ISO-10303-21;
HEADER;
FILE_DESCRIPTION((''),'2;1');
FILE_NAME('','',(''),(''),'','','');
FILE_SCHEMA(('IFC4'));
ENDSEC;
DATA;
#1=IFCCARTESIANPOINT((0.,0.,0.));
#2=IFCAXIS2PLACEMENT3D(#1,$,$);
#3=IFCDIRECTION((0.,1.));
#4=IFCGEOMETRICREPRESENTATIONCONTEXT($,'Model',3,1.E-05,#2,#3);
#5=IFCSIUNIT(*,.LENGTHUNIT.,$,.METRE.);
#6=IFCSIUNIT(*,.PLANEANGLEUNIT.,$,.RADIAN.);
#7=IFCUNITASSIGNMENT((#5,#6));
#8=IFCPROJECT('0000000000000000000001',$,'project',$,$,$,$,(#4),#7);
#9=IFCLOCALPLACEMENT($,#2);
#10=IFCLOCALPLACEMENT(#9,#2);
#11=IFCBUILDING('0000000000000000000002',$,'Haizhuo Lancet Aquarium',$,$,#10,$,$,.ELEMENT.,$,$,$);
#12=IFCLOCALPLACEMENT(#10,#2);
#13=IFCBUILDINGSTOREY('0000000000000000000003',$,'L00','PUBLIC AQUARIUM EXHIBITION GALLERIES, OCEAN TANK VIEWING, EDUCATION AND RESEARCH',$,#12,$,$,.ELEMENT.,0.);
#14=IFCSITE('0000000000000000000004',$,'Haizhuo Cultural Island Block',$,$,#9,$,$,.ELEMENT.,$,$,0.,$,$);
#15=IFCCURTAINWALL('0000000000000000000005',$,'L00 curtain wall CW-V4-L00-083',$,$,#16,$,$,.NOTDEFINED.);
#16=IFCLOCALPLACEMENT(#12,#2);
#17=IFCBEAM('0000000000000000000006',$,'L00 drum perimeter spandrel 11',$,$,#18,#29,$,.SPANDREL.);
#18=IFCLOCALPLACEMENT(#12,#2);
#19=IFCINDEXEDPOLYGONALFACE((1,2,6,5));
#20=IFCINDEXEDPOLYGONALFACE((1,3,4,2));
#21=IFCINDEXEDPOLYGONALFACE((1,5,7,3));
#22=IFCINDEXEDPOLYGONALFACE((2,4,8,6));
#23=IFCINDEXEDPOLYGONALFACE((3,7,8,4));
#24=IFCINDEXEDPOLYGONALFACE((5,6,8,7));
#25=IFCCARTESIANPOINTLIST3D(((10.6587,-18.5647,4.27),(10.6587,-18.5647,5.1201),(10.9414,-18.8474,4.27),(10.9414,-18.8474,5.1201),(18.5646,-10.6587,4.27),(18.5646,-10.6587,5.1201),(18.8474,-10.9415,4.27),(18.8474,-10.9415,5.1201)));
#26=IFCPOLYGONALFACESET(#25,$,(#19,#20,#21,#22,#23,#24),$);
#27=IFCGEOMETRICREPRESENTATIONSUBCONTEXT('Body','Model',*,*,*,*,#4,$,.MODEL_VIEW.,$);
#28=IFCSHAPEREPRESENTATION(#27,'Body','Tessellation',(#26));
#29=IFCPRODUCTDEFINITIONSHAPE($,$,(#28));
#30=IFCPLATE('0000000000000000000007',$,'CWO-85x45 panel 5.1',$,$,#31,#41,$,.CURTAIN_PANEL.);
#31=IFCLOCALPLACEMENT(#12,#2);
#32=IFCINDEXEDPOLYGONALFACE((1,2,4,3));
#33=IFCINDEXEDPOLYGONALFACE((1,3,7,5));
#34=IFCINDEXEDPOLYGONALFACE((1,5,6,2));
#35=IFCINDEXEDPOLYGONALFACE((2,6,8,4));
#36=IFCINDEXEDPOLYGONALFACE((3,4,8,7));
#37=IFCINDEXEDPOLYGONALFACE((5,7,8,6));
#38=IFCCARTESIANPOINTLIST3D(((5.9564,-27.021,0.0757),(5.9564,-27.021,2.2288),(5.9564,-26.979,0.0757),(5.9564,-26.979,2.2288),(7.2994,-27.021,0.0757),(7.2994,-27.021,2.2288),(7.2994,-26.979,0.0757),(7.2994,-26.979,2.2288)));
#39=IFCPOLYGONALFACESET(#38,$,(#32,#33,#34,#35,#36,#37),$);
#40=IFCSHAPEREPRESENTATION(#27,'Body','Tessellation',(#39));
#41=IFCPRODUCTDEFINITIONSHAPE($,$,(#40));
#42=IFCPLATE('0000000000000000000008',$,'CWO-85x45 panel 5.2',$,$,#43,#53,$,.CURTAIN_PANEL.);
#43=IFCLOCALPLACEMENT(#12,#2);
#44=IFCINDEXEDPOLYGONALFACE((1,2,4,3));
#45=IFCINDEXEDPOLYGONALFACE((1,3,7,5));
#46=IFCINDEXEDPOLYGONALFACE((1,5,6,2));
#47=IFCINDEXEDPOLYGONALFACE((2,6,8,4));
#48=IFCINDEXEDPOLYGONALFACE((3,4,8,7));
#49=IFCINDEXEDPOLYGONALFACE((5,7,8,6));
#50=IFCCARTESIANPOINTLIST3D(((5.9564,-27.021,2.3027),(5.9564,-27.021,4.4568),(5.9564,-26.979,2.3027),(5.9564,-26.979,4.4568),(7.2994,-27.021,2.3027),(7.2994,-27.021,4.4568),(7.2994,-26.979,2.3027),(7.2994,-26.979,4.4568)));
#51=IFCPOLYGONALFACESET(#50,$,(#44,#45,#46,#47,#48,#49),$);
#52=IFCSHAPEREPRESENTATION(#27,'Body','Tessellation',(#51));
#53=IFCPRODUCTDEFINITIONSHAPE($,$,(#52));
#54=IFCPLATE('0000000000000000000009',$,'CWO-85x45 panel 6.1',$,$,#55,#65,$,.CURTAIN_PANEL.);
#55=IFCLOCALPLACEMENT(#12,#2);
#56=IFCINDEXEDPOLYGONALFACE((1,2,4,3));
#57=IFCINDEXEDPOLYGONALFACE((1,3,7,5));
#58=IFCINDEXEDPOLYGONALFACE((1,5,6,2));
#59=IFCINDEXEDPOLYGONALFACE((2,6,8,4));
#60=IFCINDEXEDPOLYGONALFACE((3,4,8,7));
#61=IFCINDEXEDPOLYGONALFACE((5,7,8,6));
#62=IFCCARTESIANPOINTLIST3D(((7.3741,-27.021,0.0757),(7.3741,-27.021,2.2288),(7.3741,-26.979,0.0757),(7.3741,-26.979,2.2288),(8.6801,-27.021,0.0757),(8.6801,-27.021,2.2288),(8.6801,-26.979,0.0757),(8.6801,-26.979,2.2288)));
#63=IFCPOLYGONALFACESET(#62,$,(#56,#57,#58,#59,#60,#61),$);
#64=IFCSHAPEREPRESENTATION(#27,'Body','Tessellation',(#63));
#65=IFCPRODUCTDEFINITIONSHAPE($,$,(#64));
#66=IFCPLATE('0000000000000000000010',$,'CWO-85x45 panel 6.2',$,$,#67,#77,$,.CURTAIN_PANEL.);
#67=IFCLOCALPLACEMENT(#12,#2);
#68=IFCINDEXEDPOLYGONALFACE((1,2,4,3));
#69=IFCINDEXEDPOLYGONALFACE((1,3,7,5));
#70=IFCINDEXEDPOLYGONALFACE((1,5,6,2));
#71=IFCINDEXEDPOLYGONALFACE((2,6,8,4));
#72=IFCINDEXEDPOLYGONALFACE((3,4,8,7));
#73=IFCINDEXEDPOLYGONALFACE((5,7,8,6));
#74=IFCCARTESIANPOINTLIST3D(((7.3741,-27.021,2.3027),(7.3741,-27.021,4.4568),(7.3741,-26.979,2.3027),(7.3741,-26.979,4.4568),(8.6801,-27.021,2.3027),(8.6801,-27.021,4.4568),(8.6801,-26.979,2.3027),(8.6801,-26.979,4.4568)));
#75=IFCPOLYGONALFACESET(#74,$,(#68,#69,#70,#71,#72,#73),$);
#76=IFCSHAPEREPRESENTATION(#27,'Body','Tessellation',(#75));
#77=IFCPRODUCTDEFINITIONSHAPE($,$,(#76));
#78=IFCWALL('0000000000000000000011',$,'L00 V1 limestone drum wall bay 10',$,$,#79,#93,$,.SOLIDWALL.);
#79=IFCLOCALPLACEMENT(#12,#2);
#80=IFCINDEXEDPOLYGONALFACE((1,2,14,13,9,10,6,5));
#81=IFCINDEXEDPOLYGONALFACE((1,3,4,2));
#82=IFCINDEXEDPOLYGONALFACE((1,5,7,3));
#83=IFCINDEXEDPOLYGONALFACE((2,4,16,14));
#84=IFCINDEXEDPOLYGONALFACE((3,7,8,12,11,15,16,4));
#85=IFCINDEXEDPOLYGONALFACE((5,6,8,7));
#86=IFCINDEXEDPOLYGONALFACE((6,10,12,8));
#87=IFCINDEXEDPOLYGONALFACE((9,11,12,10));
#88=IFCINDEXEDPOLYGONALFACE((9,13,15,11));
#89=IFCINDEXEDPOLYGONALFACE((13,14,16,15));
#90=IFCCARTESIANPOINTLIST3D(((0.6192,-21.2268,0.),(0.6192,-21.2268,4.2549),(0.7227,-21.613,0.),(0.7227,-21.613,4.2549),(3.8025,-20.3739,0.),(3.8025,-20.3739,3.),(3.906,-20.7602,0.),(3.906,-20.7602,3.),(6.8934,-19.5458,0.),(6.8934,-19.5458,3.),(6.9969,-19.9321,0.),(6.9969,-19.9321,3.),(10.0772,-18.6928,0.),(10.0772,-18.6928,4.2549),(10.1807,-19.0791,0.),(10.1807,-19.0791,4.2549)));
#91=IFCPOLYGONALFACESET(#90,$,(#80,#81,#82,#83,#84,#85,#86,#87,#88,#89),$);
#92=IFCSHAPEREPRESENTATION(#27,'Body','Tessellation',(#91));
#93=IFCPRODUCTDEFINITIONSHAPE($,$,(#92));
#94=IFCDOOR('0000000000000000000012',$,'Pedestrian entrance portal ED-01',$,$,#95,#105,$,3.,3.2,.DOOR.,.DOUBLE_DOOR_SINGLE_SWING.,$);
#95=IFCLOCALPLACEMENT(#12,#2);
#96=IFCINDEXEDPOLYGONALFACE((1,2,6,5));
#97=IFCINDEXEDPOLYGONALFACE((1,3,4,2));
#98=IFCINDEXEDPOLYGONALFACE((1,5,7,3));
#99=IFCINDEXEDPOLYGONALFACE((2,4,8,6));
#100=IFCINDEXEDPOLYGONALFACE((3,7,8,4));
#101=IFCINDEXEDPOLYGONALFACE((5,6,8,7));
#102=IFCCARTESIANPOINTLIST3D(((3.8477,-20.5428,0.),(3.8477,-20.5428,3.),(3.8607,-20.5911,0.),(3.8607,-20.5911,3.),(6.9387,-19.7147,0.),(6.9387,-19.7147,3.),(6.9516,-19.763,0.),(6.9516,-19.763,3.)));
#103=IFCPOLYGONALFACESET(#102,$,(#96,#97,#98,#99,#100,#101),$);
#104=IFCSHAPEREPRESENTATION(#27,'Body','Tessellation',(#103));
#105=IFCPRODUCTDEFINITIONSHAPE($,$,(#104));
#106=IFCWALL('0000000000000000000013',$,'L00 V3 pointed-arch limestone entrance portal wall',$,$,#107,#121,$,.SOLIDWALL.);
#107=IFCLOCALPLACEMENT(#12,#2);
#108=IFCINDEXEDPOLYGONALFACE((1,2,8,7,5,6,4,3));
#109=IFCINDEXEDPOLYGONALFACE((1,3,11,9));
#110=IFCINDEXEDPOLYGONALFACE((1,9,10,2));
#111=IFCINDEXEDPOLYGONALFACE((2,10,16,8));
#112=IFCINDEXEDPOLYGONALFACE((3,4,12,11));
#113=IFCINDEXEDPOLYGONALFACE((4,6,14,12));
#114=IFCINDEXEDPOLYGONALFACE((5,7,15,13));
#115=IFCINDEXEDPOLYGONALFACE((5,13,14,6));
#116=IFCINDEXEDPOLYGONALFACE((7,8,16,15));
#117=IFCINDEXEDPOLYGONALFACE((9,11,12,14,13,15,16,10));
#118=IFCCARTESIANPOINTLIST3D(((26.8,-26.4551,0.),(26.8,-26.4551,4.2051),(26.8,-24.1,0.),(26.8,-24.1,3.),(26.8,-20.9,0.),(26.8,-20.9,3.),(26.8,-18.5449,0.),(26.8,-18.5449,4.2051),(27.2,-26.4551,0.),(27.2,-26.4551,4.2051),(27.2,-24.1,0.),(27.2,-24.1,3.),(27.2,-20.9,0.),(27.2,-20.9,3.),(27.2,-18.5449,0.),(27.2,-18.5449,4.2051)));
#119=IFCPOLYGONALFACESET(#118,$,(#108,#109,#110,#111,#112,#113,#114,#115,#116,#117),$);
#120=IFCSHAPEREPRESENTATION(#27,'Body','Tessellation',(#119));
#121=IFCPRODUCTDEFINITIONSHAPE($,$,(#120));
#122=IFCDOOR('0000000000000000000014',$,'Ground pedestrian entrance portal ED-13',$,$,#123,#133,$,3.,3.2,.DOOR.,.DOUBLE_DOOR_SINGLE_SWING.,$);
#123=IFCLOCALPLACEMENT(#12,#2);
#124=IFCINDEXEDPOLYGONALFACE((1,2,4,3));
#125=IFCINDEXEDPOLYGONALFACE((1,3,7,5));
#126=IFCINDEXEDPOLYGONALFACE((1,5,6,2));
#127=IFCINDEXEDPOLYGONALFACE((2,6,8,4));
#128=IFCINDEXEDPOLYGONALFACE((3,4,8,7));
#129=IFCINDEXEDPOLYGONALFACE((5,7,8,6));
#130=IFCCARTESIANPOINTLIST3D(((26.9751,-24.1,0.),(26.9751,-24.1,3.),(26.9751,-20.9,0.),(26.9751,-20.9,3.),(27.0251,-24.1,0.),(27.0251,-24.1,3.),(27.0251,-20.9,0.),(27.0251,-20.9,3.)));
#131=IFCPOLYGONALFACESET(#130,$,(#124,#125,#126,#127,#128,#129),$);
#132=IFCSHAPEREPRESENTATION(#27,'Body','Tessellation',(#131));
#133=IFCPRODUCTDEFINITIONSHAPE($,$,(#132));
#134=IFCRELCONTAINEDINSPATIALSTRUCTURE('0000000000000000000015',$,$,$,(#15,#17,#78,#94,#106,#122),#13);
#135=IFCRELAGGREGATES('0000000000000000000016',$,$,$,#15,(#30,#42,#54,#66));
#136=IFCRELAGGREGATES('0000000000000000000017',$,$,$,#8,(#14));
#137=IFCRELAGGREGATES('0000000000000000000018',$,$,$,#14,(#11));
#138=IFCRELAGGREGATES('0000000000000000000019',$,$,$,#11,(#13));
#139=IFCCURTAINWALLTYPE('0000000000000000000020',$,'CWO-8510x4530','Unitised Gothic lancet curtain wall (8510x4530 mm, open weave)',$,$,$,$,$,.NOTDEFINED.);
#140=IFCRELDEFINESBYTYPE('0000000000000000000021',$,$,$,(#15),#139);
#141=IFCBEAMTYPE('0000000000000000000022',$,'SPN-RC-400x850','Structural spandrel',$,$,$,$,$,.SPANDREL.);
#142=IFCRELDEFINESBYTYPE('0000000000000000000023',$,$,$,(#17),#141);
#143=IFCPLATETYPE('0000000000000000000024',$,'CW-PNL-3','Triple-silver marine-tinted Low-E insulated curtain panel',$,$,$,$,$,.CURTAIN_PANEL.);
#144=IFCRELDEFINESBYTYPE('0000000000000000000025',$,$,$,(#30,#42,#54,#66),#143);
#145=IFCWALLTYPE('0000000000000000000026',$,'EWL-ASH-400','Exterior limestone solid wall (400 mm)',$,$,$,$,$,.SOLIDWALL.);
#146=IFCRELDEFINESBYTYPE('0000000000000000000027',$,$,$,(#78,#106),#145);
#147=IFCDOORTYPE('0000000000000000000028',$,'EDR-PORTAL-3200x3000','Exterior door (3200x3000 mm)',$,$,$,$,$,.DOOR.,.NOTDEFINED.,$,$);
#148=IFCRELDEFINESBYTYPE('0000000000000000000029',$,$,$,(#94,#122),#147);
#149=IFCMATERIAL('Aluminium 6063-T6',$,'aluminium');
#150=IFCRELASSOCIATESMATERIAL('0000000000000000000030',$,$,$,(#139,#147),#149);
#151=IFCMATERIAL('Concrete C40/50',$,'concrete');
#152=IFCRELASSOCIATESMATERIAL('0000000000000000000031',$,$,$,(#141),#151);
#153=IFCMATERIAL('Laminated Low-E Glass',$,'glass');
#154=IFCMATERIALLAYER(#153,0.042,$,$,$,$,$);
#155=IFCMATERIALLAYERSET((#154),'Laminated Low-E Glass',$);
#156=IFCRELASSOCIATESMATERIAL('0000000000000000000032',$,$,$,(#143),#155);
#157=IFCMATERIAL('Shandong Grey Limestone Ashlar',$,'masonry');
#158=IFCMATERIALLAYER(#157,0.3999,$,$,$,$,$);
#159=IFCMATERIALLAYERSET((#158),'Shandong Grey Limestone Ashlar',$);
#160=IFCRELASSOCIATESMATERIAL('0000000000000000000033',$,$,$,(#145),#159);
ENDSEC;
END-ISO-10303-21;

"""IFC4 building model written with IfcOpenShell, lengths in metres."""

from ifc_helpers import new_model, si_unit, direction, frame, frame_2d, origin, origin_2d, place, context, subcontext, project, spatial, rectangle, extrude, material, layer, layer_set, material_profile, profile_set, type_object, element, fill, aggregate, save


model = new_model("IFC4")

# Units and contexts
model_context = context("Model", 3, precision=1e-05, world=origin(), true_north=direction((0.0, 1.0)))
body_context = subcontext(model_context, "Body", "Model", "MODEL_VIEW")
ifc_project = project(units=[si_unit("LENGTHUNIT", "METRE"), si_unit("PLANEANGLEUNIT", "RADIAN")], contexts=[model_context])

# Site, building, storey
site_placement = place(None, origin())
site = spatial("IfcSite", under=ifc_project, at=site_placement, Name="Haizhuo Cultural Island Block", CompositionType="ELEMENT", RefElevation=0.0)
building_placement = place(site_placement, origin())
building = spatial("IfcBuilding", under=site, at=building_placement, Name="Haizhuo Lancet Aquarium", CompositionType="ELEMENT")
storey_placement = place(building_placement, origin())
storey = spatial("IfcBuildingStorey", under=building, at=storey_placement, Name="L00", Description="PUBLIC AQUARIUM EXHIBITION GALLERIES, OCEAN TANK VIEWING, EDUCATION AND RESEARCH", CompositionType="ELEMENT", Elevation=0.0)

# Shared definitions
ifc_material_1 = material(Name="Concrete C40/50", Category="concrete")

# Curtain wall
ifc_material_2 = material(Name="Aluminium 6063-T6", Category="aluminium")
curtain_wall_type = type_object("IfcCurtainWallType", Name="CWO-8510x4530", Description="Unitised Gothic lancet curtain wall (8510x4530 mm, open weave)", PredefinedType="NOTDEFINED", material=ifc_material_2)
curtain_wall_placement = place(storey_placement, origin())
curtain_wall = element("IfcCurtainWall", 1, at=curtain_wall_placement, inside=storey, type_object=curtain_wall_type, Name="L00 curtain wall CW-V4-L00-083", PredefinedType="NOTDEFINED")

# Beam
ifc_material_profile_1 = material_profile(ifc_material_1, rectangle(XDim=0.3999, YDim=0.8501, at=origin_2d()), Name="RC-SP 400x850")
ifc_profile_set_1 = profile_set([ifc_material_profile_1], Name="Concrete C40/50")
beam_type_1 = type_object("IfcBeamType", Name="SPN-RC-400x850", Description="Structural spandrel", PredefinedType="SPANDREL", material=ifc_profile_set_1)
beam_1_placement = place(storey_placement, frame((10.8, -18.7061, 4.6951), z_axis=(0.707107, 0.707107, 0.0), x_axis=(-0.707107, 0.707107, 0.0)))
element("IfcBeam", 2, at=beam_1_placement, inside=storey, type_object=beam_type_1, Name="L00 drum perimeter spandrel 11", PredefinedType="SPANDREL", context=body_context, shape_type="SweptSolid", body=[
    extrude(rectangle(XDim=0.3999, YDim=0.8501, at=origin_2d()), origin(), (0.0, 0.0, 1.0), 11.1807),
])

# Plates
ifc_material_3 = material(Name="Laminated Low-E Glass", Category="glass")
ifc_layer_1 = layer(ifc_material_3, 0.042)
ifc_layer_set_1 = layer_set([ifc_layer_1], Name="Laminated Low-E Glass")
plate_type = type_object("IfcPlateType", Name="CW-PNL-3", Description="Triple-silver marine-tinted Low-E insulated curtain panel", PredefinedType="CURTAIN_PANEL", material=ifc_layer_set_1)
plate_1_placement = place(storey_placement, frame((6.6279, -27.0, 0.0757), z_axis=(0.0, 0.0, 1.0), x_axis=(1.0, 0.0, 0.0)))
plate_1 = element("IfcPlate", 3, at=plate_1_placement, type_object=plate_type, Name="CWO-85x45 panel 5.1", PredefinedType="CURTAIN_PANEL", context=body_context, shape_type="SweptSolid", body=[
    extrude(rectangle(XDim=1.343, YDim=0.042, at=origin_2d()), origin(), (0.0, 0.0, 1.0), 2.1531),
])
plate_2_placement = place(storey_placement, frame((6.6279, -27.0, 2.3027), z_axis=(0.0, 0.0, 1.0), x_axis=(1.0, 0.0, 0.0)))
plate_2 = element("IfcPlate", 4, at=plate_2_placement, type_object=plate_type, Name="CWO-85x45 panel 5.2", PredefinedType="CURTAIN_PANEL", context=body_context, shape_type="SweptSolid", body=[
    extrude(rectangle(XDim=1.343, YDim=0.042, at=origin_2d()), origin(), (0.0, 0.0, 1.0), 2.1541),
])
plate_3_placement = place(storey_placement, frame((8.0271, -27.0, 0.0757), z_axis=(0.0, 0.0, 1.0), x_axis=(1.0, 0.0, 0.0)))
plate_3 = element("IfcPlate", 5, at=plate_3_placement, type_object=plate_type, Name="CWO-85x45 panel 6.1", PredefinedType="CURTAIN_PANEL", context=body_context, shape_type="SweptSolid", body=[
    extrude(rectangle(XDim=1.3059, YDim=0.042, at=origin_2d()), origin(), (0.0, 0.0, 1.0), 2.1531),
])
plate_4_placement = place(storey_placement, frame((8.0271, -27.0, 2.3027), z_axis=(0.0, 0.0, 1.0), x_axis=(1.0, 0.0, 0.0)))
plate_4 = element("IfcPlate", 6, at=plate_4_placement, type_object=plate_type, Name="CWO-85x45 panel 6.2", PredefinedType="CURTAIN_PANEL", context=body_context, shape_type="SweptSolid", body=[
    extrude(rectangle(XDim=1.3059, YDim=0.042, at=origin_2d()), origin(), (0.0, 0.0, 1.0), 2.1541),
])
aggregate(curtain_wall, [plate_1, plate_2, plate_3, plate_4])

# Walls, openings, doors
ifc_material_4 = material(Name="Shandong Grey Limestone Ashlar", Category="masonry")
ifc_layer_2 = layer(ifc_material_4, 0.3999)
ifc_layer_set_2 = layer_set([ifc_layer_2], Name="Shandong Grey Limestone Ashlar")
wall_type = type_object("IfcWallType", Name="EWL-ASH-400", Description="Exterior limestone solid wall (400 mm)", PredefinedType="SOLIDWALL", material=ifc_layer_set_2)
wall_1_placement = place(storey_placement, frame((10.1289, -18.886, 0.0), z_axis=(0.0, 0.0, 1.0), x_axis=(-0.965934, -0.258788, 0.0)))
wall_1 = element("IfcWall", 7, at=wall_1_placement, inside=storey, type_object=wall_type, Name="L00 V1 limestone drum wall bay 10", PredefinedType="SOLIDWALL", context=body_context, shape_type="SweptSolid", body=[
    extrude(rectangle(XDim=9.7915, YDim=0.3999, at=frame_2d((4.8958, 0.0))), origin(), (0.0, 0.0, 1.0), 4.2549),
])
opening_1_placement = place(wall_1_placement, frame((3.2959, 0.0, 0.0)))
opening_1 = element("IfcOpeningElement", 8, at=opening_1_placement, cuts=wall_1, PredefinedType="OPENING", context=body_context, shape_type="SweptSolid", body=[
    extrude(rectangle(XDim=3.2, YDim=3.0, at=frame_2d((1.6001, 1.5))), frame((0.0, 0.21, 0.0), z_axis=(0.0, -1.0, 0.0), x_axis=(1.0, 0.0, 0.0)), (0.0, 0.0, 1.0), 0.4199),
])
door_type = type_object("IfcDoorType", Name="EDR-PORTAL-3200x3000", Description="Exterior door (3200x3000 mm)", OperationType="NOTDEFINED", PredefinedType="DOOR", material=ifc_material_2)
door_1_placement = place(opening_1_placement, origin())
door_1 = element("IfcDoor", 9, at=door_1_placement, inside=storey, type_object=door_type, Name="Pedestrian entrance portal ED-01", OperationType="DOUBLE_DOOR_SINGLE_SWING", OverallHeight=3.0, OverallWidth=3.2, PredefinedType="DOOR", context=body_context, shape_type="SweptSolid", body=[
    extrude(rectangle(XDim=3.2, YDim=3.0, at=frame_2d((1.6001, 1.5))), frame((0.0, 0.0249, 0.0), z_axis=(0.0, -1.0, 0.0), x_axis=(1.0, 0.0, 0.0)), (0.0, 0.0, 1.0), 0.05),
])
fill(opening_1, door_1)
wall_2_placement = place(storey_placement, frame((27.0, -26.4551, 0.0), z_axis=(0.0, 0.0, 1.0), x_axis=(0.0, 1.0, 0.0)))
wall_2 = element("IfcWall", 10, at=wall_2_placement, inside=storey, type_object=wall_type, Name="L00 V3 pointed-arch limestone entrance portal wall", PredefinedType="SOLIDWALL", context=body_context, shape_type="SweptSolid", body=[
    extrude(rectangle(XDim=7.9102, YDim=0.3999, at=frame_2d((3.9551, 0.0))), origin(), (0.0, 0.0, 1.0), 4.2051),
])
opening_2_placement = place(wall_2_placement, frame((2.355, 0.0, 0.0)))
opening_2 = element("IfcOpeningElement", 11, at=opening_2_placement, cuts=wall_2, PredefinedType="OPENING", context=body_context, shape_type="SweptSolid", body=[
    extrude(rectangle(XDim=3.2, YDim=3.0, at=frame_2d((1.6001, 1.5))), frame((0.0, 0.21, 0.0), z_axis=(0.0, -1.0, 0.0), x_axis=(1.0, 0.0, 0.0)), (0.0, 0.0, 1.0), 0.4199),
])
door_2_placement = place(opening_2_placement, origin())
door_2 = element("IfcDoor", 12, at=door_2_placement, inside=storey, type_object=door_type, Name="Ground pedestrian entrance portal ED-13", OperationType="DOUBLE_DOOR_SINGLE_SWING", OverallHeight=3.0, OverallWidth=3.2, PredefinedType="DOOR", context=body_context, shape_type="SweptSolid", body=[
    extrude(rectangle(XDim=3.2, YDim=3.0, at=frame_2d((1.6001, 1.5))), frame((0.0, 0.0249, 0.0), z_axis=(0.0, -1.0, 0.0), x_axis=(1.0, 0.0, 0.0)), (0.0, 0.0, 1.0), 0.05),
])
fill(opening_2, door_2)

save(model, "model.ifc")
